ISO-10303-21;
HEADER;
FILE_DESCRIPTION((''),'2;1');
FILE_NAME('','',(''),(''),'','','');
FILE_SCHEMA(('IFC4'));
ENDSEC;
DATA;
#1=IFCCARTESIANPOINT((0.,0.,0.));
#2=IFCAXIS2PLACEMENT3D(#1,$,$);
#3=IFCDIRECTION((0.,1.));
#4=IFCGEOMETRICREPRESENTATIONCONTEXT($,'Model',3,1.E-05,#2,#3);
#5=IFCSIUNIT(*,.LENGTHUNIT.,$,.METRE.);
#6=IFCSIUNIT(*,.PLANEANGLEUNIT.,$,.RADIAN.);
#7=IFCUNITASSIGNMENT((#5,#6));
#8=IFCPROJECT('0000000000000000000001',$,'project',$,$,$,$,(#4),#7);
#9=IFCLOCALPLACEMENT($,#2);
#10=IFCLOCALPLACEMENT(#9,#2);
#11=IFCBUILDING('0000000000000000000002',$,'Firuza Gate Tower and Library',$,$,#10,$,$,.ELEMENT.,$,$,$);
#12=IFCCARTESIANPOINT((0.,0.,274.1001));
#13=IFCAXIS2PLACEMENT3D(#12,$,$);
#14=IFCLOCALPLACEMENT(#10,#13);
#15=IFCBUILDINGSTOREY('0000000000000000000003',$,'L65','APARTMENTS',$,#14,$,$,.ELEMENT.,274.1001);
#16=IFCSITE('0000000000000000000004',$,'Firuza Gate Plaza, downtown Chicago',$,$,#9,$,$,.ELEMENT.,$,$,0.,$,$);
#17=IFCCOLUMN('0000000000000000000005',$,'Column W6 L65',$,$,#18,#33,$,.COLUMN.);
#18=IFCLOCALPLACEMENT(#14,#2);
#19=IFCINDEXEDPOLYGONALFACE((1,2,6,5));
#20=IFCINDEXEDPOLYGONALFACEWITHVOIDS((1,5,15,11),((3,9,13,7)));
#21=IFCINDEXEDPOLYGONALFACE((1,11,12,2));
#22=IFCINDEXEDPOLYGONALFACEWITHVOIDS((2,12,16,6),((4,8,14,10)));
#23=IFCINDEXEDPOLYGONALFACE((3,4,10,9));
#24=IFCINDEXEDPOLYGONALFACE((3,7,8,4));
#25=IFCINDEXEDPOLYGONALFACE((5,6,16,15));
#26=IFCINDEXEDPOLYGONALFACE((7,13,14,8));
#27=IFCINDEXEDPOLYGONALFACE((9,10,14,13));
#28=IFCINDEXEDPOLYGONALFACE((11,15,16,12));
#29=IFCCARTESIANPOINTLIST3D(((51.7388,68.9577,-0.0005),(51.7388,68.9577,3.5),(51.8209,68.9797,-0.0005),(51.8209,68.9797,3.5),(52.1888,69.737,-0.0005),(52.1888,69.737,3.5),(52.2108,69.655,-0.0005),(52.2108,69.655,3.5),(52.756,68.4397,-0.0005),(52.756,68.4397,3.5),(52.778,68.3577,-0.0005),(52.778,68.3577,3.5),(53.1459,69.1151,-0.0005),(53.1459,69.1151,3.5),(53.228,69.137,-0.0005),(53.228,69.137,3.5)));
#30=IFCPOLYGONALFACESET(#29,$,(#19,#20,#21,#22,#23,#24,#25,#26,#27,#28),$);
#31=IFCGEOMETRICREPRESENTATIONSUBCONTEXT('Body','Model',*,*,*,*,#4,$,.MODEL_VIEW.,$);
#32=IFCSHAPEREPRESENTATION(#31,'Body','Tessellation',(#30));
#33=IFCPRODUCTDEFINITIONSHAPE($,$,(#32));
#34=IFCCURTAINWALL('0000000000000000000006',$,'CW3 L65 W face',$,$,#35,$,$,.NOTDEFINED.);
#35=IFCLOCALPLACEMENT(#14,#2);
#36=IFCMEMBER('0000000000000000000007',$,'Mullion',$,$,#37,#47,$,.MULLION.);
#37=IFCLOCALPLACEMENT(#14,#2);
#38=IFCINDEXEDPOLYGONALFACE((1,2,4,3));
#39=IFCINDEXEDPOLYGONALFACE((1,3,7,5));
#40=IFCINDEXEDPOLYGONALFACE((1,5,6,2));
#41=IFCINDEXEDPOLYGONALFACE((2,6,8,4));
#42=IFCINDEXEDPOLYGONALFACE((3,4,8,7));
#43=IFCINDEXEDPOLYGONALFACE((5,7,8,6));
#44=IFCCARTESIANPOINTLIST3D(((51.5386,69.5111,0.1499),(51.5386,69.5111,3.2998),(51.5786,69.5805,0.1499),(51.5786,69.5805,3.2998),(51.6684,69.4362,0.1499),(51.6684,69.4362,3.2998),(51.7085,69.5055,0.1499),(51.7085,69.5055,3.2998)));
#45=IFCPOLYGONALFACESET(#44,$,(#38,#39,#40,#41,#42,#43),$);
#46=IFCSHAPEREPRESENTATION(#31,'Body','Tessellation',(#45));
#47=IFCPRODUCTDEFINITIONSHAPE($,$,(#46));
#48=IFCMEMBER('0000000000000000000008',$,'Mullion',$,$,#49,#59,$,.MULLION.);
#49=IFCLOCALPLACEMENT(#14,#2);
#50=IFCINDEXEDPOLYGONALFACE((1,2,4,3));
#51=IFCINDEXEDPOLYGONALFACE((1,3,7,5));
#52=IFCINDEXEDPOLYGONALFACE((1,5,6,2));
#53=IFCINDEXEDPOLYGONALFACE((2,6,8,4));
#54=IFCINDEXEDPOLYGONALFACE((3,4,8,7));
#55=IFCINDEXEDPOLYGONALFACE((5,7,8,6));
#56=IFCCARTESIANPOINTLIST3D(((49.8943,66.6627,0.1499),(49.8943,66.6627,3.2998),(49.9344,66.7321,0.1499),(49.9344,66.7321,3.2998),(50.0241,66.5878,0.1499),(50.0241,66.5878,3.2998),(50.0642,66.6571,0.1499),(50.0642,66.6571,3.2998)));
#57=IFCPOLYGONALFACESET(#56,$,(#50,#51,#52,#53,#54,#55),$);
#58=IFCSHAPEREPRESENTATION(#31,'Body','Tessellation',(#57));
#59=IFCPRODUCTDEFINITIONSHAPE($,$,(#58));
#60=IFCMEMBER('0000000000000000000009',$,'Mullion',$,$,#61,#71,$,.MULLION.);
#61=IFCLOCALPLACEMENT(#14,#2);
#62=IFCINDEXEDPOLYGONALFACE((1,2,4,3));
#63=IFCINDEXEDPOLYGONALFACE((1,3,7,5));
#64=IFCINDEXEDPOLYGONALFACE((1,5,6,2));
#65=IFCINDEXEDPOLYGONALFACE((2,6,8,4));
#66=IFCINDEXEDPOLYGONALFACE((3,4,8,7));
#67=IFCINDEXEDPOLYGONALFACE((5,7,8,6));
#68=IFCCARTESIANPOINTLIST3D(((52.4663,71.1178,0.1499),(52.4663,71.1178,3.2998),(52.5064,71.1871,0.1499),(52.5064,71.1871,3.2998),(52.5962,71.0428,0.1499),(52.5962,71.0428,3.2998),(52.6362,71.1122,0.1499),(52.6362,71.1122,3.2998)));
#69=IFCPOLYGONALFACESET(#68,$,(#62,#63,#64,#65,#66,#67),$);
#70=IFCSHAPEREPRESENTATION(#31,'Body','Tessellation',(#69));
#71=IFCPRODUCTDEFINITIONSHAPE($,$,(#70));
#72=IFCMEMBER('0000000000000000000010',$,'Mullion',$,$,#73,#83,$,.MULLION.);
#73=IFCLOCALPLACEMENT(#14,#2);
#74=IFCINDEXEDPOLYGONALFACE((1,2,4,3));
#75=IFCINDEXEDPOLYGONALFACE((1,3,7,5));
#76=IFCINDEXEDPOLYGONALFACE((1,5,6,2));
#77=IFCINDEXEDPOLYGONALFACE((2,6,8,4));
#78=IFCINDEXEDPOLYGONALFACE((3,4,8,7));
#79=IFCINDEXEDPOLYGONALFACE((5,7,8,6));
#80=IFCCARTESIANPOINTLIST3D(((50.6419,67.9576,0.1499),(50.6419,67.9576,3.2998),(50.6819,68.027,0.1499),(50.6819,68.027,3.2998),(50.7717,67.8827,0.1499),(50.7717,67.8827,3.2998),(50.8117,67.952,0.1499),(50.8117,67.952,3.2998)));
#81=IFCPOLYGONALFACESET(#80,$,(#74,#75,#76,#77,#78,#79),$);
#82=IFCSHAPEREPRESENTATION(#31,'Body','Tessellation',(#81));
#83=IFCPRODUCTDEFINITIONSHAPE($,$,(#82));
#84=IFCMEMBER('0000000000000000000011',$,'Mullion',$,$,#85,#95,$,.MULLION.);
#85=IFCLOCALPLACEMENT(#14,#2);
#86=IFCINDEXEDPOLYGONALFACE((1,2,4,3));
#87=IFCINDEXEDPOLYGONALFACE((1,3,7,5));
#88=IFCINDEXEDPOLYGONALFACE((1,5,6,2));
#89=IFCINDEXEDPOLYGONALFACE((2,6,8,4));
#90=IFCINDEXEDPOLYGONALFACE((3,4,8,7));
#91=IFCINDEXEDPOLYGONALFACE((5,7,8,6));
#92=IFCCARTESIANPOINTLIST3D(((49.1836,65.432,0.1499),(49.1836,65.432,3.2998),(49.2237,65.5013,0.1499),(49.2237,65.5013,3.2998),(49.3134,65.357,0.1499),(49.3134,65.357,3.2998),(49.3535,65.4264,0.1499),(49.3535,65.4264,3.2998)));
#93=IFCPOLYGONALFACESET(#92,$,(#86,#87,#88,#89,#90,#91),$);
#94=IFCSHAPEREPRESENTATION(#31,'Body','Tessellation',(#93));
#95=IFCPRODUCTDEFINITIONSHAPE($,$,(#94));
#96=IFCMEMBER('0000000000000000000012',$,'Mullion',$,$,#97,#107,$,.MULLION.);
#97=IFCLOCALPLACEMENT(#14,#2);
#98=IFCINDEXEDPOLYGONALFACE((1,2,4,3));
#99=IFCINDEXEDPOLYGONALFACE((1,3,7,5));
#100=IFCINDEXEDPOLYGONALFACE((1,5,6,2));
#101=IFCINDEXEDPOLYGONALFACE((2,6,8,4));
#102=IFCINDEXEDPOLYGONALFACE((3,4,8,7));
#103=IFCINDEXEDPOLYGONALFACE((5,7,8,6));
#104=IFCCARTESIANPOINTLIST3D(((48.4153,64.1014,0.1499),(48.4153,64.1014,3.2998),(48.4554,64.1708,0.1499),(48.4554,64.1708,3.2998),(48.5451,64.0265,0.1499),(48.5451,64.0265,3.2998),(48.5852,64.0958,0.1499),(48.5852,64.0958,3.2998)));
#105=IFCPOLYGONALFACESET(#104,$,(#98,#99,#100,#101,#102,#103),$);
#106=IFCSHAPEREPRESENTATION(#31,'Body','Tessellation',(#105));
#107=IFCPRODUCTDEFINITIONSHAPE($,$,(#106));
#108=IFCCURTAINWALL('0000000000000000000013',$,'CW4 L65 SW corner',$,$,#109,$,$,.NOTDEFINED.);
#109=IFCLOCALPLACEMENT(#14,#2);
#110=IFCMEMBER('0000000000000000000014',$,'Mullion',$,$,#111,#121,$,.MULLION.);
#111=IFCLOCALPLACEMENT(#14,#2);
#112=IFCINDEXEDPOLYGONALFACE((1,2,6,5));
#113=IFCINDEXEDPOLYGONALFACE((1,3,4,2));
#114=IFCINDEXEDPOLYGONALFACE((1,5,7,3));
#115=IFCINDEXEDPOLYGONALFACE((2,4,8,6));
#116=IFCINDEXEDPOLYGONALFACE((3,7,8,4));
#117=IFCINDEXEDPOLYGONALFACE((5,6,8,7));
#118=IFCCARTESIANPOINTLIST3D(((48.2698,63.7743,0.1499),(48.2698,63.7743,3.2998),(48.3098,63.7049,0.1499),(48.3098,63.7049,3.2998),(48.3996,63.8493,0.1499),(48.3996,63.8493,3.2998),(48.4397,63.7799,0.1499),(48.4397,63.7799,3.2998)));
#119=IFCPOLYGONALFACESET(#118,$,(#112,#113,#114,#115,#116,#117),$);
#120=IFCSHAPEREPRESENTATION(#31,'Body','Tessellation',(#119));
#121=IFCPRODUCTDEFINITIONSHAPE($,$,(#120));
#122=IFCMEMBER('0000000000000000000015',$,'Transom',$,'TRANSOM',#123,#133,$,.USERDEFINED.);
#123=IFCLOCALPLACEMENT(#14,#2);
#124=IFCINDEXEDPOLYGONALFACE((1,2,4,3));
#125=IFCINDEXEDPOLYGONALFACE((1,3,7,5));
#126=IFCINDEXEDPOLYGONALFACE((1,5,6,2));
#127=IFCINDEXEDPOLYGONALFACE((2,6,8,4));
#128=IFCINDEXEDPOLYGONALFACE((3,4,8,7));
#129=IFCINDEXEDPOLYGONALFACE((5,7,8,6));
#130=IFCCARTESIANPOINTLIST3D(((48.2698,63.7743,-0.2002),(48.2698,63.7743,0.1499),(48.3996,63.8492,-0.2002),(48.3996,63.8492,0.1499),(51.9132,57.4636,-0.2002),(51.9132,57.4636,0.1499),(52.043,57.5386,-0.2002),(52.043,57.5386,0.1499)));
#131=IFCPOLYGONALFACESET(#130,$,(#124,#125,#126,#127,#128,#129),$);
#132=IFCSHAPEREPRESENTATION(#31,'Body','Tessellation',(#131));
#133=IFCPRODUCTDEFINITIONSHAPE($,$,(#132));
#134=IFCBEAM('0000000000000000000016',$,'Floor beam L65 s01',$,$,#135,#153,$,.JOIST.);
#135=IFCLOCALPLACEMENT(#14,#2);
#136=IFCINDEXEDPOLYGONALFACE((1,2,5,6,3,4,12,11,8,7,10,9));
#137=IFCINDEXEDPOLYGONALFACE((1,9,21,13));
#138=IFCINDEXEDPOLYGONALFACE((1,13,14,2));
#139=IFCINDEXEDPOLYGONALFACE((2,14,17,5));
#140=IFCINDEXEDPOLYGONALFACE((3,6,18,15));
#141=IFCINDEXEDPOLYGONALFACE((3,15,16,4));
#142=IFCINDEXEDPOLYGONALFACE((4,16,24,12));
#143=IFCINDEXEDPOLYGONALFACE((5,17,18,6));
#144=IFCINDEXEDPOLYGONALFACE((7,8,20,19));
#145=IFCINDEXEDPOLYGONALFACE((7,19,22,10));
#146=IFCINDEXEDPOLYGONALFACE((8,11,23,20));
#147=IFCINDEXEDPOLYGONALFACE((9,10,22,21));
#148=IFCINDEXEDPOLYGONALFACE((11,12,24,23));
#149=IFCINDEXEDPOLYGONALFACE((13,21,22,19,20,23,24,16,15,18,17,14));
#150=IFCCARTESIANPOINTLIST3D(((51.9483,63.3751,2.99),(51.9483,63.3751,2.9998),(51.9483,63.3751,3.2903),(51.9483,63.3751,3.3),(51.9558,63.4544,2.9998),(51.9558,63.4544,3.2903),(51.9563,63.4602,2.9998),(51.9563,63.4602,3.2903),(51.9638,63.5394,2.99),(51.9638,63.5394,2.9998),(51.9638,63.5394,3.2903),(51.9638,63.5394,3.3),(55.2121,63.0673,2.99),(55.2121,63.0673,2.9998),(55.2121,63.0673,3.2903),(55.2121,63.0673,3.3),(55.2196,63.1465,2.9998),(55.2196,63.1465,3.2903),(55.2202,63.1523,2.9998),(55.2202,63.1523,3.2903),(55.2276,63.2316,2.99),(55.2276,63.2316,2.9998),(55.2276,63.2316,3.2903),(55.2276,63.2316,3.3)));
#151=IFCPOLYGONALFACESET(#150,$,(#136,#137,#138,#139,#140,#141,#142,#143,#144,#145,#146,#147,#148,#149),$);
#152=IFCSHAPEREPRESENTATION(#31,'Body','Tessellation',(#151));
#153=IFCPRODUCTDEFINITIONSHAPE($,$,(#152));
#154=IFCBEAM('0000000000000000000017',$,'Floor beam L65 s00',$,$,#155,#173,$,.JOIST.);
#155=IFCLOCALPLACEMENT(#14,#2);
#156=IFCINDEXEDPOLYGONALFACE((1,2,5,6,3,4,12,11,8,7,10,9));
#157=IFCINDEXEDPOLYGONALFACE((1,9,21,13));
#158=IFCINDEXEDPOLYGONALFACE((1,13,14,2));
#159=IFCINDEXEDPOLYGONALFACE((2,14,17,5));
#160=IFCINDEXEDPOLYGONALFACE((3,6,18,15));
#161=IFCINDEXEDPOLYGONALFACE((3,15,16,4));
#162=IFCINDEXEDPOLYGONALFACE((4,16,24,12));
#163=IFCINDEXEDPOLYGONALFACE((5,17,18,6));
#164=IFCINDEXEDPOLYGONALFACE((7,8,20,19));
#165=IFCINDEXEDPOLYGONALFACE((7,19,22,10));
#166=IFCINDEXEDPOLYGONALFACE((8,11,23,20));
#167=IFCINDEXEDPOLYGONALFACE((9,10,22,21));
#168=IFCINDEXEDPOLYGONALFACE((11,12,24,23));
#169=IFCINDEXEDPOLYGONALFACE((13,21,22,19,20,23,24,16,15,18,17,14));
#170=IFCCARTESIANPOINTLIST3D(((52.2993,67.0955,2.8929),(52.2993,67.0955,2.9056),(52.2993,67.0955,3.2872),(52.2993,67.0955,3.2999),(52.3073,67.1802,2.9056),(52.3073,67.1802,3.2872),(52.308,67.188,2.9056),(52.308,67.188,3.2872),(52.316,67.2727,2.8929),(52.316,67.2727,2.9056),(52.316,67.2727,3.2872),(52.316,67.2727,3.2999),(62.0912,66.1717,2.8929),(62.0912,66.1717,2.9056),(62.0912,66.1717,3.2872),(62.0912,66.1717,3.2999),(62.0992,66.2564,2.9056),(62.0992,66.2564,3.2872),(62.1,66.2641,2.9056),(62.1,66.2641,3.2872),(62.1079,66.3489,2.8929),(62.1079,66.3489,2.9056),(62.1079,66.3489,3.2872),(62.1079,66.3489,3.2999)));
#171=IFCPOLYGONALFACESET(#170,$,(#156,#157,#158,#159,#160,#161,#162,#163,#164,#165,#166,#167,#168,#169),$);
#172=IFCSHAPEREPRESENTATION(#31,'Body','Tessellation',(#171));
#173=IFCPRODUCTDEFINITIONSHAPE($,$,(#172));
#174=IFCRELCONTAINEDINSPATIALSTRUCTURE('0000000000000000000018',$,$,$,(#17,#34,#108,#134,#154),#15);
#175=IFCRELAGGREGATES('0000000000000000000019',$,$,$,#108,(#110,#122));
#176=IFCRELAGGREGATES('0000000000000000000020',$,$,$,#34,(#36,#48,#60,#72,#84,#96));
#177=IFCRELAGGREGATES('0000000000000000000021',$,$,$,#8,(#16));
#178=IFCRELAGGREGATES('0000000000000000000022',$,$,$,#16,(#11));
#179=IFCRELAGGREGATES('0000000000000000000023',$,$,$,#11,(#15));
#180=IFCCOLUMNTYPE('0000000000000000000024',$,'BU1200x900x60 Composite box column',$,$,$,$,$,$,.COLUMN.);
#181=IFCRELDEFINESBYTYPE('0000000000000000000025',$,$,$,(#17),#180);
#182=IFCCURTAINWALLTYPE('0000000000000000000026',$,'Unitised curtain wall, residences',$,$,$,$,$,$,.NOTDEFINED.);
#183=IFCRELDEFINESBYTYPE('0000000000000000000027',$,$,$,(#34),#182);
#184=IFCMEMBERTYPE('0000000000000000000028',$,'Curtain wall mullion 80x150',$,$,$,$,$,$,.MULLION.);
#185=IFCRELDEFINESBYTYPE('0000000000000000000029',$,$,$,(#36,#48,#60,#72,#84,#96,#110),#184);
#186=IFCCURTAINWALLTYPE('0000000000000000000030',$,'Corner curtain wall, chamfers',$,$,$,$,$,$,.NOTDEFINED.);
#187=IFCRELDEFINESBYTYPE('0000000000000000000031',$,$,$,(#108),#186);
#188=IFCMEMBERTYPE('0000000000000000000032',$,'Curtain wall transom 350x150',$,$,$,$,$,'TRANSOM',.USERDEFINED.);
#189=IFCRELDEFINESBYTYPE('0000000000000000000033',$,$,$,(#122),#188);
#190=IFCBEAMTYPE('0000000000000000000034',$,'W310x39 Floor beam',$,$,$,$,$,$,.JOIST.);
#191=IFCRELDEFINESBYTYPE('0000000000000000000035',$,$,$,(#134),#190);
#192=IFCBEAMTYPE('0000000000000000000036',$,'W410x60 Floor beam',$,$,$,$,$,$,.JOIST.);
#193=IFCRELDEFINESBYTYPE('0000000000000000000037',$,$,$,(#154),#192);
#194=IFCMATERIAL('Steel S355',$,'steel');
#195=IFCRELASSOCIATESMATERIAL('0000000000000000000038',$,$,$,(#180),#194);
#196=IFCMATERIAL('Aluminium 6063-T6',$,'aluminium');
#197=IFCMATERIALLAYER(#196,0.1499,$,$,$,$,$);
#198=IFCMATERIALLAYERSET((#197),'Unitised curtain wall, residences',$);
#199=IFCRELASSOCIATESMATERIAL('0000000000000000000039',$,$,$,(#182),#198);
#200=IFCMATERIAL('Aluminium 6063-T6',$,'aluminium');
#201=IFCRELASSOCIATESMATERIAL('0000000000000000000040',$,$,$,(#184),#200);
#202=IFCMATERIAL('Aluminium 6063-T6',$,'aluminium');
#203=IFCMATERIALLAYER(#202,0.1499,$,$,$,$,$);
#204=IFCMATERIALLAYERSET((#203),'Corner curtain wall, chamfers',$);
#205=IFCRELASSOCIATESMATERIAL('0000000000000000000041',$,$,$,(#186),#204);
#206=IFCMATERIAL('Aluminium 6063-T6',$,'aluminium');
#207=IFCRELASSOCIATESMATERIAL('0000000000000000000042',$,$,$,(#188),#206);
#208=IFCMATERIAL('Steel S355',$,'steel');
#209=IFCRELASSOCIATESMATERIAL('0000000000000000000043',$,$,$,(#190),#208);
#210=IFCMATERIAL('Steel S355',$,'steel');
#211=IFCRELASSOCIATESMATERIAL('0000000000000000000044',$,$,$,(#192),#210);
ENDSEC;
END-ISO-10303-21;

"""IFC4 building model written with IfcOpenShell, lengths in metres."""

from ifc_helpers import new_model, si_unit, direction, frame, origin, origin_2d, place, context, subcontext, project, spatial, rectangle, hollow_rectangle, i_section, extrude, material, layer, layer_set, material_profile, profile_set, type_object, element, aggregate, save


model = new_model("IFC4")

# Units and contexts
model_context = context("Model", 3, precision=1e-05, world=origin(), true_north=direction((0.0, 1.0)))
body_context = subcontext(model_context, "Body", "Model", "MODEL_VIEW")
ifc_project = project(units=[si_unit("LENGTHUNIT", "METRE"), si_unit("PLANEANGLEUNIT", "RADIAN")], contexts=[model_context])

# Site, building, storey
site_placement = place(None, origin())
site = spatial("IfcSite", under=ifc_project, at=site_placement, Name="Firuza Gate Plaza, downtown Chicago", CompositionType="ELEMENT", RefElevation=0.0)
building_placement = place(site_placement, origin())
building = spatial("IfcBuilding", under=site, at=building_placement, Name="Firuza Gate Tower and Library", CompositionType="ELEMENT")
storey_placement = place(building_placement, frame((0.0, 0.0, 274.1001)))
storey = spatial("IfcBuildingStorey", under=building, at=storey_placement, Name="L65", Description="APARTMENTS", CompositionType="ELEMENT", Elevation=274.1001)

# Column
ifc_material_1 = material(Name="Steel S355", Category="steel")
ifc_material_profile_1 = material_profile(ifc_material_1, hollow_rectangle(XDim=0.8999, YDim=1.2, WallThickness=0.0601, at=origin_2d()))
ifc_profile_set_1 = profile_set([ifc_material_profile_1], Name="Steel S355")
column_type = type_object("IfcColumnType", Name="BU1200x900x60 Composite box column", PredefinedType="COLUMN", material=ifc_profile_set_1)
column_placement = place(storey_placement, frame((52.4834, 69.0474, -0.0005), z_axis=(0.0, 0.0, 1.0), x_axis=(-0.5, -0.866025, 0.0)))
element("IfcColumn", 1, at=column_placement, inside=storey, type_object=column_type, Name="Column W6 L65", PredefinedType="COLUMN", context=body_context, shape_type="SweptSolid", body=[
    extrude(hollow_rectangle(XDim=0.8999, YDim=1.2, WallThickness=0.0601, at=origin_2d()), origin(), (0.0, 0.0, 1.0), 3.5005),
])

# Curtain walls, members
ifc_material_2 = material(Name="Aluminium 6063-T6", Category="aluminium")
ifc_layer_1 = layer(ifc_material_2, 0.1499)
ifc_layer_set_1 = layer_set([ifc_layer_1], Name="Unitised curtain wall, residences")
curtain_wall_type_1 = type_object("IfcCurtainWallType", Name="Unitised curtain wall, residences", PredefinedType="NOTDEFINED", material=ifc_layer_set_1)
placement = place(storey_placement, origin())
curtain_wall_1 = element("IfcCurtainWall", 2, at=placement, inside=storey, type_object=curtain_wall_type_1, Name="CW3 L65 W face", PredefinedType="NOTDEFINED")
ifc_material_3 = material(Name="Aluminium 6063-T6", Category="aluminium")
ifc_material_profile_2 = material_profile(ifc_material_3, rectangle(XDim=0.1499, YDim=0.0801, at=origin_2d()))
ifc_profile_set_2 = profile_set([ifc_material_profile_2], Name="Aluminium 6063-T6")
member_type_1 = type_object("IfcMemberType", Name="Curtain wall mullion 80x150", PredefinedType="MULLION", material=ifc_profile_set_2)
member_1_placement = place(storey_placement, frame((51.6235, 69.5083, 0.1499), z_axis=(0.0, 0.0, 1.0), x_axis=(0.866025, -0.5, 0.0)))
member_1 = element("IfcMember", 3, at=member_1_placement, type_object=member_type_1, Name="Mullion", PredefinedType="MULLION", context=body_context, shape_type="SweptSolid", body=[
    extrude(rectangle(XDim=0.1499, YDim=0.0801, at=origin_2d()), origin(), (0.0, 0.0, 1.0), 3.1499),
])
member_2_placement = place(storey_placement, frame((49.9792, 66.6599, 0.1499), z_axis=(0.0, 0.0, 1.0), x_axis=(0.866025, -0.5, 0.0)))
member_2 = element("IfcMember", 4, at=member_2_placement, type_object=member_type_1, Name="Mullion", PredefinedType="MULLION", context=body_context, shape_type="SweptSolid", body=[
    extrude(rectangle(XDim=0.1499, YDim=0.0801, at=origin_2d()), origin(), (0.0, 0.0, 1.0), 3.1499),
])
member_3_placement = place(storey_placement, frame((52.5513, 71.115, 0.1499), z_axis=(0.0, 0.0, 1.0), x_axis=(0.866025, -0.5, 0.0)))
member_3 = element("IfcMember", 5, at=member_3_placement, type_object=member_type_1, Name="Mullion", PredefinedType="MULLION", context=body_context, shape_type="SweptSolid", body=[
    extrude(rectangle(XDim=0.1499, YDim=0.0801, at=origin_2d()), origin(), (0.0, 0.0, 1.0), 3.1499),
])
member_4_placement = place(storey_placement, frame((50.7268, 67.9548, 0.1499), z_axis=(0.0, 0.0, 1.0), x_axis=(0.866025, -0.5, 0.0)))
member_4 = element("IfcMember", 6, at=member_4_placement, type_object=member_type_1, Name="Mullion", PredefinedType="MULLION", context=body_context, shape_type="SweptSolid", body=[
    extrude(rectangle(XDim=0.1499, YDim=0.0801, at=origin_2d()), origin(), (0.0, 0.0, 1.0), 3.1499),
])
member_5_placement = place(storey_placement, frame((49.2686, 65.4292, 0.1499), z_axis=(0.0, 0.0, 1.0), x_axis=(0.866025, -0.5, 0.0)))
member_5 = element("IfcMember", 7, at=member_5_placement, type_object=member_type_1, Name="Mullion", PredefinedType="MULLION", context=body_context, shape_type="SweptSolid", body=[
    extrude(rectangle(XDim=0.1499, YDim=0.0801, at=origin_2d()), origin(), (0.0, 0.0, 1.0), 3.1499),
])
member_6_placement = place(storey_placement, frame((48.5002, 64.0986, 0.1499), z_axis=(0.0, 0.0, 1.0), x_axis=(0.866025, -0.5, 0.0)))
member_6 = element("IfcMember", 8, at=member_6_placement, type_object=member_type_1, Name="Mullion", PredefinedType="MULLION", context=body_context, shape_type="SweptSolid", body=[
    extrude(rectangle(XDim=0.1499, YDim=0.0801, at=origin_2d()), origin(), (0.0, 0.0, 1.0), 3.1499),
])
ifc_material_4 = material(Name="Aluminium 6063-T6", Category="aluminium")
ifc_layer_2 = layer(ifc_material_4, 0.1499)
ifc_layer_set_2 = layer_set([ifc_layer_2], Name="Corner curtain wall, chamfers")
curtain_wall_type_2 = type_object("IfcCurtainWallType", Name="Corner curtain wall, chamfers", PredefinedType="NOTDEFINED", material=ifc_layer_set_2)
curtain_wall_2 = element("IfcCurtainWall", 9, at=placement, inside=storey, type_object=curtain_wall_type_2, Name="CW4 L65 SW corner", PredefinedType="NOTDEFINED")
member_7_placement = place(storey_placement, frame((48.3547, 63.7771, 0.1499), z_axis=(0.0, 0.0, 1.0), x_axis=(0.866025, 0.5, 0.0)))
member_7 = element("IfcMember", 10, at=member_7_placement, type_object=member_type_1, Name="Mullion", PredefinedType="MULLION", context=body_context, shape_type="SweptSolid", body=[
    extrude(rectangle(XDim=0.1499, YDim=0.0801, at=origin_2d()), origin(), (0.0, 0.0, 1.0), 3.1499),
])
ifc_material_5 = material(Name="Aluminium 6063-T6", Category="aluminium")
ifc_material_profile_3 = material_profile(ifc_material_5, rectangle(XDim=0.1499, YDim=0.3501, at=origin_2d()))
ifc_profile_set_3 = profile_set([ifc_material_profile_3], Name="Aluminium 6063-T6")
member_type_2 = type_object("IfcMemberType", Name="Curtain wall transom 350x150", ElementType="TRANSOM", PredefinedType="USERDEFINED", material=ifc_profile_set_3)
member_8_placement = place(storey_placement, frame((48.3347, 63.8118, -0.0251), z_axis=(0.499991, -0.86603, 0.0), x_axis=(0.86603, 0.499991, 0.0)))
member_8 = element("IfcMember", 11, at=member_8_placement, type_object=member_type_2, Name="Transom", ObjectType="TRANSOM", PredefinedType="USERDEFINED", context=body_context, shape_type="SweptSolid", body=[
    extrude(rectangle(XDim=0.1499, YDim=0.3501, at=origin_2d()), origin(), (0.0, 0.0, 1.0), 7.2869),
])

# Beams
ifc_material_6 = material(Name="Steel S355", Category="steel")
ifc_material_profile_4 = material_profile(ifc_material_6, i_section(OverallWidth=0.165, OverallDepth=0.3101, WebThickness=0.0059, FlangeThickness=0.0098, at=origin_2d()))
ifc_profile_set_4 = profile_set([ifc_material_profile_4], Name="Steel S355")
beam_type_1 = type_object("IfcBeamType", Name="W310x39 Floor beam", PredefinedType="JOIST", material=ifc_profile_set_4)
beam_1_placement = place(storey_placement, frame((51.9561, 63.4573, 3.145), z_axis=(0.995581, -0.093906, 0.0), x_axis=(0.093906, 0.995581, 0.0)))
element("IfcBeam", 12, at=beam_1_placement, inside=storey, type_object=beam_type_1, Name="Floor beam L65 s01", PredefinedType="JOIST", context=body_context, shape_type="SweptSolid", body=[
    extrude(i_section(OverallWidth=0.165, OverallDepth=0.3101, WebThickness=0.0059, FlangeThickness=0.0098, at=origin_2d()), origin(), (0.0, 0.0, 1.0), 3.2783),
])
ifc_material_7 = material(Name="Steel S355", Category="steel")
ifc_material_profile_5 = material_profile(ifc_material_7, i_section(OverallWidth=0.178, OverallDepth=0.407, WebThickness=0.0078, FlangeThickness=0.0127, at=origin_2d()))
ifc_profile_set_5 = profile_set([ifc_material_profile_5], Name="Steel S355")
beam_type_2 = type_object("IfcBeamType", Name="W410x60 Floor beam", PredefinedType="JOIST", material=ifc_profile_set_5)
beam_2_placement = place(storey_placement, frame((52.3076, 67.1841, 3.0964), z_axis=(0.995579, -0.093928, 0.0), x_axis=(0.093928, 0.995579, 0.0)))
element("IfcBeam", 13, at=beam_2_placement, inside=storey, type_object=beam_type_2, Name="Floor beam L65 s00", PredefinedType="JOIST", context=body_context, shape_type="SweptSolid", body=[
    extrude(i_section(OverallWidth=0.178, OverallDepth=0.407, WebThickness=0.0078, FlangeThickness=0.0127, at=origin_2d()), origin(), (0.0, 0.0, 1.0), 9.8354),
])

aggregate(curtain_wall_2, [member_7, member_8])
aggregate(curtain_wall_1, [member_1, member_2, member_3, member_4, member_5, member_6])

save(model, "model.ifc")
